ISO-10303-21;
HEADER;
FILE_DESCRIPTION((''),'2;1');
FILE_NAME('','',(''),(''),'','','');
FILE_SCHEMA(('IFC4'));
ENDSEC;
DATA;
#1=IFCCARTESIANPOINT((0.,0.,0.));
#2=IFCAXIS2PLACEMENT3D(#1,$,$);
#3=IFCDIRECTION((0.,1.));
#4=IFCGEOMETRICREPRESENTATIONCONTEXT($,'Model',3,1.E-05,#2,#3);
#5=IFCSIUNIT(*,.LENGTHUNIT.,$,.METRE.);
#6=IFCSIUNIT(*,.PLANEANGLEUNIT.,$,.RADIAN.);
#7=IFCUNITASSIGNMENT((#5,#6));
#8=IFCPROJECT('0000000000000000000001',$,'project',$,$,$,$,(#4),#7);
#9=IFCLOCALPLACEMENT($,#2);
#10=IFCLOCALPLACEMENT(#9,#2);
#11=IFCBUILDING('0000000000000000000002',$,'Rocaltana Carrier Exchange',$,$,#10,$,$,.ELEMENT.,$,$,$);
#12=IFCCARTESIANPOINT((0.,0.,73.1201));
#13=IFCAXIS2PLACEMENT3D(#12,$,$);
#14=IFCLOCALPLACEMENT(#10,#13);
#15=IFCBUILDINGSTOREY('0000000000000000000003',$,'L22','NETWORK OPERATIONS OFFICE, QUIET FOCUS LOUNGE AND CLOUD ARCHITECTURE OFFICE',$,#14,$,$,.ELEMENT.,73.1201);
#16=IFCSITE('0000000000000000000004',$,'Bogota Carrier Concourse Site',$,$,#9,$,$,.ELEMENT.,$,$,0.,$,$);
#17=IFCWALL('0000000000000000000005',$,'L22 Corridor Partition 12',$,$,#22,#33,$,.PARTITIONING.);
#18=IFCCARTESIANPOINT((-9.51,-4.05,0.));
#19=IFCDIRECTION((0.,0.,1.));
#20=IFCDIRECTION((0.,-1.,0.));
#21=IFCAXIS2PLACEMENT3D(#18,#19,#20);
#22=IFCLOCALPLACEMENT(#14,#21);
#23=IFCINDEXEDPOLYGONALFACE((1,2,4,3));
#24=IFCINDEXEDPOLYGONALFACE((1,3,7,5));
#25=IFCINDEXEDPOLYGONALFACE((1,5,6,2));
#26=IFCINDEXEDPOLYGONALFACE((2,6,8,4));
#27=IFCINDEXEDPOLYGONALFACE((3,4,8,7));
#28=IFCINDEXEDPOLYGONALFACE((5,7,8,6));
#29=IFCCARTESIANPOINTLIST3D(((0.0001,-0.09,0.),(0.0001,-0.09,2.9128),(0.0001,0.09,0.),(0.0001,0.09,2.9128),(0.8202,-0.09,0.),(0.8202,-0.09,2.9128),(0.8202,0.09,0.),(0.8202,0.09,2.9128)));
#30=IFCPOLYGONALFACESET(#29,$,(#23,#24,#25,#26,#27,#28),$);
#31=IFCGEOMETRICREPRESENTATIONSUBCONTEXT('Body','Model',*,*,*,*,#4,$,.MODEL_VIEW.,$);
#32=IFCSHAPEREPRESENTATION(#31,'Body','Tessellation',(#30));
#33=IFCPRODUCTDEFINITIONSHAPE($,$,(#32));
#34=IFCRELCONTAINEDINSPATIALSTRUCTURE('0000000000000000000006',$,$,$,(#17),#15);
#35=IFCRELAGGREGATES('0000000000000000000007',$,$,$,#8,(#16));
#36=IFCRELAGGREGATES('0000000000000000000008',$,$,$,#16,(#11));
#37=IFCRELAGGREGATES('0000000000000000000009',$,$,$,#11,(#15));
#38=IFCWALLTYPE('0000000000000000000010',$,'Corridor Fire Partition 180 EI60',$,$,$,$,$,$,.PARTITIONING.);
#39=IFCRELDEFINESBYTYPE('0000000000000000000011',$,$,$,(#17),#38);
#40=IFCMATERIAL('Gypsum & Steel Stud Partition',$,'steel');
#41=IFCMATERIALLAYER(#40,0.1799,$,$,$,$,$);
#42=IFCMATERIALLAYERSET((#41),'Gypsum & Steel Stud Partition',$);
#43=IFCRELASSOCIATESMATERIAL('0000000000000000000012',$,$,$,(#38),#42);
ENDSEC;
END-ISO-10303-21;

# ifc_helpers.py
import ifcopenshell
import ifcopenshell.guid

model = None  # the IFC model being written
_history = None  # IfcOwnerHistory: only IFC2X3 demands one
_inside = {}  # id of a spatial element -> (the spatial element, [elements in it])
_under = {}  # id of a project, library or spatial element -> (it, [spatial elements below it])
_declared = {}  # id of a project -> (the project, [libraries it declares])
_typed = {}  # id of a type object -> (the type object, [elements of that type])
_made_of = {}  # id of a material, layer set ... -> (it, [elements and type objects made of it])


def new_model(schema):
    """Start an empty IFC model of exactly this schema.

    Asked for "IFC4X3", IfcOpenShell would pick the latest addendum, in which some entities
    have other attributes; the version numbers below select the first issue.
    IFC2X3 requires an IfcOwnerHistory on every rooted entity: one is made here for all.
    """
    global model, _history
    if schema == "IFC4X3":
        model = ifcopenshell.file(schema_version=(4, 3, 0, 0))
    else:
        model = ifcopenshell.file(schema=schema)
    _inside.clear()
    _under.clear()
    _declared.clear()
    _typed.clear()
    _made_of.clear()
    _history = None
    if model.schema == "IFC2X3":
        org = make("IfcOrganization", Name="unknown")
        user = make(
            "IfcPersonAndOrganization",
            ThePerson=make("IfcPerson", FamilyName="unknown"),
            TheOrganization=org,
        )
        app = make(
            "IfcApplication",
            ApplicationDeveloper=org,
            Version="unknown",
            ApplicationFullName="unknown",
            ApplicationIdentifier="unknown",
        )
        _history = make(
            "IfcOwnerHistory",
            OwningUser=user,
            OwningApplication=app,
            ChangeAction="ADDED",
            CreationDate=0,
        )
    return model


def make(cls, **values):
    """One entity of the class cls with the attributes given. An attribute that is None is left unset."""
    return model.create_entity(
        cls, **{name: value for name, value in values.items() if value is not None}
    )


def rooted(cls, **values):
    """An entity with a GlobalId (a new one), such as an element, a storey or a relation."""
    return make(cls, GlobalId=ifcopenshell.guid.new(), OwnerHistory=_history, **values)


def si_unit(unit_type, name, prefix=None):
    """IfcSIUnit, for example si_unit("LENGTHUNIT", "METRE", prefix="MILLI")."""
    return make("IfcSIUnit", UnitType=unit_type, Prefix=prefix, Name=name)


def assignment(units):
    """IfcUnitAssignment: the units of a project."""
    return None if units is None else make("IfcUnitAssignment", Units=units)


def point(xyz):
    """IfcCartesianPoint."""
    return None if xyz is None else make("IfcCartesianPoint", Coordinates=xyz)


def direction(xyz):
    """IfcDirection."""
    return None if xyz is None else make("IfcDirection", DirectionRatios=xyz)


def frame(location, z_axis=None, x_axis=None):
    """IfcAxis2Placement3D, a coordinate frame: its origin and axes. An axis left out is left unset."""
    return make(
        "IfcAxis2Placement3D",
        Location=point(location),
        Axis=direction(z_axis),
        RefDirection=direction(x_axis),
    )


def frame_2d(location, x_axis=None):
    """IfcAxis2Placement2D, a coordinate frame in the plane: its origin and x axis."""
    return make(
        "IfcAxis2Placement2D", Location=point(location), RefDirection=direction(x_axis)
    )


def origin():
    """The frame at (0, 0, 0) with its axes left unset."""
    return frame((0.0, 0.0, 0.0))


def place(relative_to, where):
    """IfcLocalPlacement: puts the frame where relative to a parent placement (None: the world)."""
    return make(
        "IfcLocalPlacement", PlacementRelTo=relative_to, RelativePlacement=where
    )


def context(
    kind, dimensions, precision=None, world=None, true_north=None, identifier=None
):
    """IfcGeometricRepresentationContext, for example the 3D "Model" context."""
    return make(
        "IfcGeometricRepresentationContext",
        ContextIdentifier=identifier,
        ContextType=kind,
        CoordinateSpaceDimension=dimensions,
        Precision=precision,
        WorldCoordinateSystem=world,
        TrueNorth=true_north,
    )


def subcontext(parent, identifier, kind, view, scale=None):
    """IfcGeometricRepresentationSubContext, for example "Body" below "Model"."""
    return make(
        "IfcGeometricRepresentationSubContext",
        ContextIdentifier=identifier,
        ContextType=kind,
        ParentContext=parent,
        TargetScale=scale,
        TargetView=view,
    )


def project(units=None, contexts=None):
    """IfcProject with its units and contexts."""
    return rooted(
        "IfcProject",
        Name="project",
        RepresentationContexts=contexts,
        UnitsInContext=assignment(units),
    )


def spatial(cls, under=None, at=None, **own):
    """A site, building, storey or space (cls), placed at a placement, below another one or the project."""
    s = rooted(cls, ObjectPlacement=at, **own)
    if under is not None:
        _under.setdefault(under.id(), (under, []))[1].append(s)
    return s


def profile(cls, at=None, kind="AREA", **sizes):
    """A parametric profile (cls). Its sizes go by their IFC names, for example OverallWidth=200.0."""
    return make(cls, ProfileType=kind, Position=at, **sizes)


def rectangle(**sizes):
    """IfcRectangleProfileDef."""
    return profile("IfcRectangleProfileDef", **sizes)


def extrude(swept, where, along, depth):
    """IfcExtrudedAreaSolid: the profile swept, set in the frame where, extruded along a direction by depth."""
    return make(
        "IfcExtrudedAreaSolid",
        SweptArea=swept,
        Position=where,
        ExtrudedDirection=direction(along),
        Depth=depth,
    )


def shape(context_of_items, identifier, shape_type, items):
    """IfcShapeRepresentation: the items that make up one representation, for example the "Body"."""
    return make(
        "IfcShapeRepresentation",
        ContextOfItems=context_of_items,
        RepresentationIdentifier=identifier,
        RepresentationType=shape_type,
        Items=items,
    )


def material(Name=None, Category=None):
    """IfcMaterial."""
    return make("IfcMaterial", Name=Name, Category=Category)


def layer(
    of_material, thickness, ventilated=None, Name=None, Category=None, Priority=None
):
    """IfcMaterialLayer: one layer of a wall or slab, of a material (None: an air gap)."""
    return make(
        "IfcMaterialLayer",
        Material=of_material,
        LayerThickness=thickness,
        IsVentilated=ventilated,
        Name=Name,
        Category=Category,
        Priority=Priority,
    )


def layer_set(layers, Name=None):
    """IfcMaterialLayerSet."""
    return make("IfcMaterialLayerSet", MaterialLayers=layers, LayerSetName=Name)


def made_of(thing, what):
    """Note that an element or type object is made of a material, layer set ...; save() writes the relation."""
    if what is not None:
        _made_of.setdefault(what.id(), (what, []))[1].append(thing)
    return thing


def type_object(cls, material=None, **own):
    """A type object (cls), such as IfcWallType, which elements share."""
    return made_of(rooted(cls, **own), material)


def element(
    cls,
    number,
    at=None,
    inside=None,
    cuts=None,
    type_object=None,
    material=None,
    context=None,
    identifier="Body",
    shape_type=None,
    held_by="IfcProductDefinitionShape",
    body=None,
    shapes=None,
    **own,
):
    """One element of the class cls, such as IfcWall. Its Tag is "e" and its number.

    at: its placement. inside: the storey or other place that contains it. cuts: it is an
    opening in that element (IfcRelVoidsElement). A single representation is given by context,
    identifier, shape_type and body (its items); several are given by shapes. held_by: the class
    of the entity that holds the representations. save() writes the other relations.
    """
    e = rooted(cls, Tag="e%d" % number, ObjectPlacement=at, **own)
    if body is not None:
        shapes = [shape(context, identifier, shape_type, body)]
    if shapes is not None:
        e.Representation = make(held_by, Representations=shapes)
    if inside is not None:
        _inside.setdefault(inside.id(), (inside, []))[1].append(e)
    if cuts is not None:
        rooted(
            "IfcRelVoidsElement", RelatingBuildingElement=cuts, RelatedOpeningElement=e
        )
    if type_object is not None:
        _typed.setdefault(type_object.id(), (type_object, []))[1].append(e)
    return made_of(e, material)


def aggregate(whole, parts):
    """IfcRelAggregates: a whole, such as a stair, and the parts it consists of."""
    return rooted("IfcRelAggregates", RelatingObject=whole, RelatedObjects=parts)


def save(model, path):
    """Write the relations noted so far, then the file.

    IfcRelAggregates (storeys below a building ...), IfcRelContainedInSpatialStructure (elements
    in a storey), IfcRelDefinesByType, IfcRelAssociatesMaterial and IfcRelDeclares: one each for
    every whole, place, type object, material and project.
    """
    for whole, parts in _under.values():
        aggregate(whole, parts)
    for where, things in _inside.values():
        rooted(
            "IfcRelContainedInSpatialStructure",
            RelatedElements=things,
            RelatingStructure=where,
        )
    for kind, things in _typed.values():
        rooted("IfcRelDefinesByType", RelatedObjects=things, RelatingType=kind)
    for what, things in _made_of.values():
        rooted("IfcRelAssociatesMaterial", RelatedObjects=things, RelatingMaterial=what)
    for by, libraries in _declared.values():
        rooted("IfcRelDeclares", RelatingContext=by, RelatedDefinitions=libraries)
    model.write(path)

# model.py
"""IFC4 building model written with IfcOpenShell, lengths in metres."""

from ifc_helpers import new_model, si_unit, direction, frame, frame_2d, origin, place, context, subcontext, project, spatial, rectangle, extrude, material, layer, layer_set, type_object, element, save


model = new_model("IFC4")

# Units and contexts
model_context = context("Model", 3, precision=1e-05, world=origin(), true_north=direction((0.0, 1.0)))
body_context = subcontext(model_context, "Body", "Model", "MODEL_VIEW")
ifc_project = project(units=[si_unit("LENGTHUNIT", "METRE"), si_unit("PLANEANGLEUNIT", "RADIAN")], contexts=[model_context])

# Site, building, storey
site_placement = place(None, origin())
site = spatial("IfcSite", under=ifc_project, at=site_placement, Name="Bogota Carrier Concourse Site", CompositionType="ELEMENT", RefElevation=0.0)
building_placement = place(site_placement, origin())
building = spatial("IfcBuilding", under=site, at=building_placement, Name="Rocaltana Carrier Exchange", CompositionType="ELEMENT")
storey_placement = place(building_placement, frame((0.0, 0.0, 73.1201)))
storey = spatial("IfcBuildingStorey", under=building, at=storey_placement, Name="L22", Description="NETWORK OPERATIONS OFFICE, QUIET FOCUS LOUNGE AND CLOUD ARCHITECTURE OFFICE", CompositionType="ELEMENT", Elevation=73.1201)

# Shared definitions
ifc_material_1 = material(Name="Gypsum & Steel Stud Partition", Category="steel")
ifc_layer_1 = layer(ifc_material_1, 0.1799)
ifc_layer_set_1 = layer_set([ifc_layer_1], Name="Gypsum & Steel Stud Partition")
wall_type = type_object("IfcWallType", Name="Corridor Fire Partition 180 EI60", PredefinedType="PARTITIONING", material=ifc_layer_set_1)

# Wall
wall_1_placement = place(storey_placement, frame((-9.51, -4.05, 0.0), z_axis=(0.0, 0.0, 1.0), x_axis=(0.0, -1.0, 0.0)))
element("IfcWall", 1, at=wall_1_placement, inside=storey, type_object=wall_type, Name="L22 Corridor Partition 12", PredefinedType="PARTITIONING", context=body_context, shape_type="SweptSolid", body=[
    extrude(rectangle(XDim=0.8201, YDim=0.1799, at=frame_2d((0.4102, 0.0))), origin(), (0.0, 0.0, 1.0), 2.9128),
])

save(model, "model.ifc")
